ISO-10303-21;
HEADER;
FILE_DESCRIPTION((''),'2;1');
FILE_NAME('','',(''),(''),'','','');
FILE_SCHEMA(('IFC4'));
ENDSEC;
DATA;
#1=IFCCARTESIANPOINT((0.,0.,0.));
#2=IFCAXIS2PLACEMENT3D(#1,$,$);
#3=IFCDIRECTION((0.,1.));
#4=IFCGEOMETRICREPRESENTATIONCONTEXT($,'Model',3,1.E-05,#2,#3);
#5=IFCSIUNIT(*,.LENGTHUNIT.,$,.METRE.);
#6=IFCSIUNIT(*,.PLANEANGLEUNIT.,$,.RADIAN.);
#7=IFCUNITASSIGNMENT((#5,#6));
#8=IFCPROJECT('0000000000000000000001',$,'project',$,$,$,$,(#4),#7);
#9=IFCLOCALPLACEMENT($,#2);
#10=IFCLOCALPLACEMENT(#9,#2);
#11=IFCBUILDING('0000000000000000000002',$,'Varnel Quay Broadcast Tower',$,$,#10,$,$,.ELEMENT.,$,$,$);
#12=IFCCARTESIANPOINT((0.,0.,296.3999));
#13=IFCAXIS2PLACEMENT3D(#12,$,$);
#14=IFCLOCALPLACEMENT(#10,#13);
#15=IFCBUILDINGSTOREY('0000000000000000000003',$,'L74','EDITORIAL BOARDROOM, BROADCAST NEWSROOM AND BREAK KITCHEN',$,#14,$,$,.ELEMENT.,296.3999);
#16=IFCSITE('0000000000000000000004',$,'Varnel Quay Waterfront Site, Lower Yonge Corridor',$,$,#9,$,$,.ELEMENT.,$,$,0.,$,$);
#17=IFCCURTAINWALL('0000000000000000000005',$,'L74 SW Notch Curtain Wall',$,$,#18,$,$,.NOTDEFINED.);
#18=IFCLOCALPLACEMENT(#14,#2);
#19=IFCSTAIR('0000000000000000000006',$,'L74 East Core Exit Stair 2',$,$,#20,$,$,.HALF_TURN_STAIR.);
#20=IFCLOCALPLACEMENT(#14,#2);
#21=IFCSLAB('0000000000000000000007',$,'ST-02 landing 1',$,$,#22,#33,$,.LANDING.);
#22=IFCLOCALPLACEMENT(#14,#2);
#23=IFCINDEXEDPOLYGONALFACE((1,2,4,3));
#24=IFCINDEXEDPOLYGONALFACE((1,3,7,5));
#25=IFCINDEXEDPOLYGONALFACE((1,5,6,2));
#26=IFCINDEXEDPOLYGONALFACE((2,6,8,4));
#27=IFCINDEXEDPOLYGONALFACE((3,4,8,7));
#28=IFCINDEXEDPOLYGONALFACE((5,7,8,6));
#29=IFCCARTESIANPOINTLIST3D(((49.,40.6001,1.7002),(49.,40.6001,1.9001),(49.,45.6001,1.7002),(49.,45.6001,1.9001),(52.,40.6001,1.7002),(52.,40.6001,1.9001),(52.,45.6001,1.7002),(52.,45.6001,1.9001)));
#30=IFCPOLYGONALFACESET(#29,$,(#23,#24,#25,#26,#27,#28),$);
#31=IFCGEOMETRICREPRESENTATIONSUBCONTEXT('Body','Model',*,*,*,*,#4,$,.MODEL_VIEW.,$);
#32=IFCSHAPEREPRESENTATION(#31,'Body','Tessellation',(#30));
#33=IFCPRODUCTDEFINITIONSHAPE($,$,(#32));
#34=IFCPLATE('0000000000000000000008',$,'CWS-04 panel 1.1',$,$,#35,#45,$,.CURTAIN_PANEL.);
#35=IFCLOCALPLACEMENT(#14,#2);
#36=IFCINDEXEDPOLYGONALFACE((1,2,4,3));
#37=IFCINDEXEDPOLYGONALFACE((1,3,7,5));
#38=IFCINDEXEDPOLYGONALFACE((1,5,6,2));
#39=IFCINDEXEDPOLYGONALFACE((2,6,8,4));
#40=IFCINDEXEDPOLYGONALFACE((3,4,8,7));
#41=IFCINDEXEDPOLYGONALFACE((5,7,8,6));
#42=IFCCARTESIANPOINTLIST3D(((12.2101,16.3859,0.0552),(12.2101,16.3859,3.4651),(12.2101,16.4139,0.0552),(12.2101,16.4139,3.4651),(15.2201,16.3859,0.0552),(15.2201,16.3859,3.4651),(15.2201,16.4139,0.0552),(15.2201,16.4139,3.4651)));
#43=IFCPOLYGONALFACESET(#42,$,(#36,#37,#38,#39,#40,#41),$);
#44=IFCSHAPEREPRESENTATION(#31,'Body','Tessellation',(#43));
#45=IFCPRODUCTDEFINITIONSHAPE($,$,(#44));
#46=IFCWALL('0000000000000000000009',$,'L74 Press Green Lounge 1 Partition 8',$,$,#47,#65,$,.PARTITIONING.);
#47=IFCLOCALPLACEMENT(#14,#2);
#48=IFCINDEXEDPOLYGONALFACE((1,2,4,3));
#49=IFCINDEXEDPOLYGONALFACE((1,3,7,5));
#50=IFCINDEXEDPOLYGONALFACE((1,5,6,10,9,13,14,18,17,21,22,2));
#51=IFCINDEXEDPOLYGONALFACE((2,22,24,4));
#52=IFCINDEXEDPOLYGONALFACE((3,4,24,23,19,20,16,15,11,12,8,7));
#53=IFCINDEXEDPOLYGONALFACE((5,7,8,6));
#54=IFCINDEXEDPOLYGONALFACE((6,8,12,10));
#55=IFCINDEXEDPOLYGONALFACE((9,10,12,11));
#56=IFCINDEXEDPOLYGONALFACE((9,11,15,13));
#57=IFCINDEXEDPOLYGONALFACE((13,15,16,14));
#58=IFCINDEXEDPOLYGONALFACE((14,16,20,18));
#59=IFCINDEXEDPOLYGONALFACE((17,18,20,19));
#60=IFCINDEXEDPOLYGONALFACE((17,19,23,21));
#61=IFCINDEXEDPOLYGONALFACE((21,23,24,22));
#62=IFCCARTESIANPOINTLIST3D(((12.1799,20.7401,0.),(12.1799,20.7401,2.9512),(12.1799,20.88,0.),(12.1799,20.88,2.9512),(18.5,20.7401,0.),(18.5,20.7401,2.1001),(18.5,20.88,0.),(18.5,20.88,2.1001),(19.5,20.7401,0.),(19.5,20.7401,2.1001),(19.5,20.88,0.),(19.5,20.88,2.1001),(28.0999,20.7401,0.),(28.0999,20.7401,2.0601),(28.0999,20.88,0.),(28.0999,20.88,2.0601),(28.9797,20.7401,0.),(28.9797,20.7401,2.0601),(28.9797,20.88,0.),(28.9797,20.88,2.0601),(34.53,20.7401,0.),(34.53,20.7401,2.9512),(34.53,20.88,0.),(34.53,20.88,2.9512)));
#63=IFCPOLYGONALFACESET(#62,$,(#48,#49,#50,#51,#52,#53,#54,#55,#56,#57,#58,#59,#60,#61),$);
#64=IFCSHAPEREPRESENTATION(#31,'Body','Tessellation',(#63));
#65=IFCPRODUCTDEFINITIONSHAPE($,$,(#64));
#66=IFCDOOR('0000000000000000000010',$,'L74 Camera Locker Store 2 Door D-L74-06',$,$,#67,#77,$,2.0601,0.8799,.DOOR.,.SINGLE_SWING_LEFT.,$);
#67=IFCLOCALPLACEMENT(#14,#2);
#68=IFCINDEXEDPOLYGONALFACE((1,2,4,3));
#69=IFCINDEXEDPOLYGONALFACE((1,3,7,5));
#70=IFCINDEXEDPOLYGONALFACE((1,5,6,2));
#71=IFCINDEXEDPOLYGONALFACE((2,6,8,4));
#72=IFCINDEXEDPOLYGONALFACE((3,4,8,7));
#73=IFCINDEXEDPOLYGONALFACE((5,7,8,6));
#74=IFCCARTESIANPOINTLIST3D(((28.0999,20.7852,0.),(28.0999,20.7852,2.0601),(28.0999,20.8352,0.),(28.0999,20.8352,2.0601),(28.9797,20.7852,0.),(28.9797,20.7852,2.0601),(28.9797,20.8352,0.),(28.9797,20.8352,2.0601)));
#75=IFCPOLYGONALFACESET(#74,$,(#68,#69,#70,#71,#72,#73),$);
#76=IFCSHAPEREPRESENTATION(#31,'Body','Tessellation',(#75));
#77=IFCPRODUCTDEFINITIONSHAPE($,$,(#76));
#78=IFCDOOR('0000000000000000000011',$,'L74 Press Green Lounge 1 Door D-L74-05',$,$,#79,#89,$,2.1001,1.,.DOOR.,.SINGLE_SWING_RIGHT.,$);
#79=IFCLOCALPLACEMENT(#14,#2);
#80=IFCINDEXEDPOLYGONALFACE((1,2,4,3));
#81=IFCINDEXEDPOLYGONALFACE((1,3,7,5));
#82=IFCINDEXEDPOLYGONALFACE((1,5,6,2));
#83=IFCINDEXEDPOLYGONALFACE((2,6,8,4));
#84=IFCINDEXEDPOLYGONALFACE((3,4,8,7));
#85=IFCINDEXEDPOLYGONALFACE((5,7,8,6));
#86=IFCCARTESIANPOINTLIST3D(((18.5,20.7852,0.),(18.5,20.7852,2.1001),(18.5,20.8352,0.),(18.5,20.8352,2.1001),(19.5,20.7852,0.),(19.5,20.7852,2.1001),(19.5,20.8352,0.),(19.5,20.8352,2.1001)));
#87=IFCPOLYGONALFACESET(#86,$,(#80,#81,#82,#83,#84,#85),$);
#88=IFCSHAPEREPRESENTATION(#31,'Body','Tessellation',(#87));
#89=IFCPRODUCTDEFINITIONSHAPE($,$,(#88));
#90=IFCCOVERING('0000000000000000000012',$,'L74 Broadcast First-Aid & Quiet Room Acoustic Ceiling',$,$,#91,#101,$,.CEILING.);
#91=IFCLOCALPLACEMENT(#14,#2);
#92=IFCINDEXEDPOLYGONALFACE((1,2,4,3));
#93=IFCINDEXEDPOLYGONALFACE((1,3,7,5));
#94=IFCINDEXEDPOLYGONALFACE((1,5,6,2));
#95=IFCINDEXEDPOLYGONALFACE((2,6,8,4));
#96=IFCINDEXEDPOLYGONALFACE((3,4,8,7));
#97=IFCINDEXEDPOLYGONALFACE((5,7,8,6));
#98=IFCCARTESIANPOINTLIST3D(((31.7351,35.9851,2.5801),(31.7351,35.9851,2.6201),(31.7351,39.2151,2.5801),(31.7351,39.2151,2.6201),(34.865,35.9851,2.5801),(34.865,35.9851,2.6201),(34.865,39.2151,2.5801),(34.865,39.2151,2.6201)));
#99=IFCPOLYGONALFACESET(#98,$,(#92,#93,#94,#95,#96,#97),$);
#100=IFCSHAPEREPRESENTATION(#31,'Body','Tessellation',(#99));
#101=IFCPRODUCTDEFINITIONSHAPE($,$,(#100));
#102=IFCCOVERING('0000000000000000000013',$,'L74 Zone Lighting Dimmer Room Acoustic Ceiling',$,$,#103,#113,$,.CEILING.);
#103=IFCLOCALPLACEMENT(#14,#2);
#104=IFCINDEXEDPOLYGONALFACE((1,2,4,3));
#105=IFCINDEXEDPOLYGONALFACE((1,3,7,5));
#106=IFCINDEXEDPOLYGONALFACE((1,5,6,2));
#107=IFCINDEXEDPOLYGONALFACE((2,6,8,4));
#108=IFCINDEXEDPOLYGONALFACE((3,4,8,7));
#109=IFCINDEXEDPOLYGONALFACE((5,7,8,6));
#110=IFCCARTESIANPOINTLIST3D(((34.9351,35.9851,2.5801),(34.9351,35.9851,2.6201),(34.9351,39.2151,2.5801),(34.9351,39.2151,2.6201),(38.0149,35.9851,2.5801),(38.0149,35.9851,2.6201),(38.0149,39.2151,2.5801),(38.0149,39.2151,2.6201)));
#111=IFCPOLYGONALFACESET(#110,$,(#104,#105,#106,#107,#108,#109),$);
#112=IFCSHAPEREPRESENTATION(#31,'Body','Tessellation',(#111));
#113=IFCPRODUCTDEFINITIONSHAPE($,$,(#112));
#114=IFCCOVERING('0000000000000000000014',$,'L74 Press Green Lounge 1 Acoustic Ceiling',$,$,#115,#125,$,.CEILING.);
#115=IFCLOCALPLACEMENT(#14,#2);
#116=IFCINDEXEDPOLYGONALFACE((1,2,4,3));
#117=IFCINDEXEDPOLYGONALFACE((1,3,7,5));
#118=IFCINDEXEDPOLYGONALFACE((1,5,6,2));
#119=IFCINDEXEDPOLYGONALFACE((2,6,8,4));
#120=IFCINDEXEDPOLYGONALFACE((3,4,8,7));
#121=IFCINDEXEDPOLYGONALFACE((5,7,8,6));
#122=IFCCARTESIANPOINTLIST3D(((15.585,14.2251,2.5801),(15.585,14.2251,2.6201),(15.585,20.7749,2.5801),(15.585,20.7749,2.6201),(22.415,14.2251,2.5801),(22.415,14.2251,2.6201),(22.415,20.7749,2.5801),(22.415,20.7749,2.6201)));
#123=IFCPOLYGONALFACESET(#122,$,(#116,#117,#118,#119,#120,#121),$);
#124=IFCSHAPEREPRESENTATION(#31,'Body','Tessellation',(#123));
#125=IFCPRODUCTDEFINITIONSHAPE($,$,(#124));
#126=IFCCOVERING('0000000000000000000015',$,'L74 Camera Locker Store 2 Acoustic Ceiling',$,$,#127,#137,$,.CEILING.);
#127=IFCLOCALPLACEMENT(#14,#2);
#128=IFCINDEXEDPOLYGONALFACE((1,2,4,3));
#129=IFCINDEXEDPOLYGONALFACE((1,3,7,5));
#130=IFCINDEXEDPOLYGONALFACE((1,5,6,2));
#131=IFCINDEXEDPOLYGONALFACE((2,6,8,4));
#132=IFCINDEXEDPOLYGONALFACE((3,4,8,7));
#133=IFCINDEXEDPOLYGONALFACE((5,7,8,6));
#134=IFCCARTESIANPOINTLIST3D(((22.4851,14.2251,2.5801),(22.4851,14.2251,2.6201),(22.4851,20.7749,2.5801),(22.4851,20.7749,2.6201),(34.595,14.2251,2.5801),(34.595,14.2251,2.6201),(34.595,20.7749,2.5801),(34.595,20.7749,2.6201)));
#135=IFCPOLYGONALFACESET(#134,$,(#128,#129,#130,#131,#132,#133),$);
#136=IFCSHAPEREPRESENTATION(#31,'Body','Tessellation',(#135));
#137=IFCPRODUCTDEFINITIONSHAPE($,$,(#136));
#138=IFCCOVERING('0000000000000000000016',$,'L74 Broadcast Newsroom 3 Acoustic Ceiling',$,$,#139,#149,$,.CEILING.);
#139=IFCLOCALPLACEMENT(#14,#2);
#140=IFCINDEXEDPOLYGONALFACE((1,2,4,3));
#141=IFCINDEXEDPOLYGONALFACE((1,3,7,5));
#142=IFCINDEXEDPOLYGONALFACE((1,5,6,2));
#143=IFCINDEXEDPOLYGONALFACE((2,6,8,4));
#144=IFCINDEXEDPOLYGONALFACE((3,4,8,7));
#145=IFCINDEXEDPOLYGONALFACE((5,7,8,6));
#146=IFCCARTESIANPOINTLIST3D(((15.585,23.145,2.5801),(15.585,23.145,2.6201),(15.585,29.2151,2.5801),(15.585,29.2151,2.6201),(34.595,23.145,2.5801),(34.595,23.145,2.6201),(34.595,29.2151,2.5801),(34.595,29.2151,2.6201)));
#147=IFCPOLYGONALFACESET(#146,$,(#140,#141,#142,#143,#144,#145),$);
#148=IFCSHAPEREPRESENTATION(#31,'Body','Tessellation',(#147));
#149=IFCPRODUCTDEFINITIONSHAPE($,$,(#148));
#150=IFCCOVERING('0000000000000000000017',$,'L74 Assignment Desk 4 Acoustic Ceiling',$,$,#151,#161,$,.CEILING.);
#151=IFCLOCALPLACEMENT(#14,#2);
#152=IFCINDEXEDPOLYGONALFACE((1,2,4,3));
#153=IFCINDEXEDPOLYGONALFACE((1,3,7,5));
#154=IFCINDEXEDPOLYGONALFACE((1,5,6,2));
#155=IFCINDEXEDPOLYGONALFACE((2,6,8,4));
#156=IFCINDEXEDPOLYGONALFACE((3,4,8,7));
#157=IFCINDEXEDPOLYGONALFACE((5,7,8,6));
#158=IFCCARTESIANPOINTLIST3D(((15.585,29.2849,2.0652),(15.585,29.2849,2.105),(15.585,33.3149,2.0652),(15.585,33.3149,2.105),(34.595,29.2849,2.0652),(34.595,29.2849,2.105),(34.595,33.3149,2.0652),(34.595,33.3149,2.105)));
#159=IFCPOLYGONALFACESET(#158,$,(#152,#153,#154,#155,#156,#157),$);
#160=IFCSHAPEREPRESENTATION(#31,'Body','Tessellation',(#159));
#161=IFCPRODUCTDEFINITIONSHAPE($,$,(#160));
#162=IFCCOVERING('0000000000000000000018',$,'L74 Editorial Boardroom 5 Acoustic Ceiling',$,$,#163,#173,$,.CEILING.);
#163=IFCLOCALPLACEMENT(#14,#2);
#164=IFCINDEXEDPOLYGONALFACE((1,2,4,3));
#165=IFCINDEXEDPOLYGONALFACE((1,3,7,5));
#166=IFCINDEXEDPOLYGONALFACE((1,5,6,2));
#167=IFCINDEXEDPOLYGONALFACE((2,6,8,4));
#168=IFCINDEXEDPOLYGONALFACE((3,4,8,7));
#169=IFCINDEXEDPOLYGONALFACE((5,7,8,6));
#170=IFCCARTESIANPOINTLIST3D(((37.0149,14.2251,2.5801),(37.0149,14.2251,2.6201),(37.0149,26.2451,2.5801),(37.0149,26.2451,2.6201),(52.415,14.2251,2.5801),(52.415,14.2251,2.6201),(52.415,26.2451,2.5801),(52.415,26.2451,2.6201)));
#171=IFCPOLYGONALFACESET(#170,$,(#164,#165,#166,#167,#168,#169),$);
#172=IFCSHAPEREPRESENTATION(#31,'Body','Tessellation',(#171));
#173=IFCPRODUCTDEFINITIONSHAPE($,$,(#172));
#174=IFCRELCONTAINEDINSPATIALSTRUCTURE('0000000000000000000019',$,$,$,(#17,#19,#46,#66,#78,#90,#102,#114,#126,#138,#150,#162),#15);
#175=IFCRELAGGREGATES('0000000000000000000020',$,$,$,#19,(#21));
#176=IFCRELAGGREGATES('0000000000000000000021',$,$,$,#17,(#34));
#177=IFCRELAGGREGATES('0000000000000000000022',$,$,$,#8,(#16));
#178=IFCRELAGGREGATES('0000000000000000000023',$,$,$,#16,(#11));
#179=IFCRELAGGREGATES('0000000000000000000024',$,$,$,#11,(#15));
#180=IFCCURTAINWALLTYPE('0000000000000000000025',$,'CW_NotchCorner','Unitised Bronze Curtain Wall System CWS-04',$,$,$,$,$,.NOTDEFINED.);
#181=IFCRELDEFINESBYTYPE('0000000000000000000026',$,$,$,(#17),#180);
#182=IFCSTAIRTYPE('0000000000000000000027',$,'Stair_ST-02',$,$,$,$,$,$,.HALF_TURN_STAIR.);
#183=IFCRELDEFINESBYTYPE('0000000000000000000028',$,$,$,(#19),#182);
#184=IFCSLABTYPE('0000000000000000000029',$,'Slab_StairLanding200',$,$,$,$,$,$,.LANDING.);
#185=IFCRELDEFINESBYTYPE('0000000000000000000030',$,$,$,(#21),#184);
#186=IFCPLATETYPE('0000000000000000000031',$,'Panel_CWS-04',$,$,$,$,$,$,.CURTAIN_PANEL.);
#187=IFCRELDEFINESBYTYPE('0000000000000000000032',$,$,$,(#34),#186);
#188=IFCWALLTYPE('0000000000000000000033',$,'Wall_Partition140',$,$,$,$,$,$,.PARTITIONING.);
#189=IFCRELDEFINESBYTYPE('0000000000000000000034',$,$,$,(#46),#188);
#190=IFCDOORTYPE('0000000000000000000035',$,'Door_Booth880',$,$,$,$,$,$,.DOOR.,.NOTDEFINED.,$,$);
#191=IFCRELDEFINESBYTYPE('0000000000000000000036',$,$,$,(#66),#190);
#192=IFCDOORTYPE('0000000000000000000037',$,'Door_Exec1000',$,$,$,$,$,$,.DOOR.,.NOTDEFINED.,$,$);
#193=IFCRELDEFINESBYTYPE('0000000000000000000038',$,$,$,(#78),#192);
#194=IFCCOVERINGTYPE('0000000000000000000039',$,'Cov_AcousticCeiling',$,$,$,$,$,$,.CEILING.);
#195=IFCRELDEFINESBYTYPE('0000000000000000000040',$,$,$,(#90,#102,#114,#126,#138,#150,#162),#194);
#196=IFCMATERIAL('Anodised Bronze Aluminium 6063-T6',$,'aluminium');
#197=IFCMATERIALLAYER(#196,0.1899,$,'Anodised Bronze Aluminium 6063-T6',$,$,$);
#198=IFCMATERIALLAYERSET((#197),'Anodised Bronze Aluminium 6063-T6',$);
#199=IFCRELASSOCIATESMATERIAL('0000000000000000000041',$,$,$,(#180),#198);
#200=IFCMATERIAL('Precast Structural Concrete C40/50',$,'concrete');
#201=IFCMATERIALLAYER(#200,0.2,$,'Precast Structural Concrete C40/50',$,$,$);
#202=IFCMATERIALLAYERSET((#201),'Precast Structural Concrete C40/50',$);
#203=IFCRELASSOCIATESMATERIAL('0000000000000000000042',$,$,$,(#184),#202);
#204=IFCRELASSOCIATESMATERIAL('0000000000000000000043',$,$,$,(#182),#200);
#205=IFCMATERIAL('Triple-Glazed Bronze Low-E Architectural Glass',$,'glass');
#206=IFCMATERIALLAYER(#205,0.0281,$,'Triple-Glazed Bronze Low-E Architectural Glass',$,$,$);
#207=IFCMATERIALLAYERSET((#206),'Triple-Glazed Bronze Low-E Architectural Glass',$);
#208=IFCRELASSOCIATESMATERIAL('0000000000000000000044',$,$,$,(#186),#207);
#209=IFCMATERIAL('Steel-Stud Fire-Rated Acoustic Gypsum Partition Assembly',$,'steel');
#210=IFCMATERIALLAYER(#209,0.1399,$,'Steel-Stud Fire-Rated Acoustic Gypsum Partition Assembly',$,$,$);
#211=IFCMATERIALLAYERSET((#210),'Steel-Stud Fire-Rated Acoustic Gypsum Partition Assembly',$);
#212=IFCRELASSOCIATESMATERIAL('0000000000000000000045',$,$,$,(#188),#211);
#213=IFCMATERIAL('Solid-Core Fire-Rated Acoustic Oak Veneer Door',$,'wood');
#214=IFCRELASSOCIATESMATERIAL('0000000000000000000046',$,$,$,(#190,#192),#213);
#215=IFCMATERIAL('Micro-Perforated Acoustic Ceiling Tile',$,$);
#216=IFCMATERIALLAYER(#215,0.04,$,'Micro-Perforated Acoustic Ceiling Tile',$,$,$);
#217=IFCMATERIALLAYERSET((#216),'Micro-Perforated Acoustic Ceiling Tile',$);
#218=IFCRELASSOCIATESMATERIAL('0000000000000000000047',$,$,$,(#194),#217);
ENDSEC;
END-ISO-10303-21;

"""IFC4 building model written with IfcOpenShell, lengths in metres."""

from ifc_helpers import new_model, si_unit, direction, frame, frame_2d, origin, origin_2d, place, context, subcontext, project, spatial, polyline, rectangle, outline, extrude, source, transform, mapped, material, layer, layer_set, type_object, type_shapes, element, fill, aggregate, save


model = new_model("IFC4")

# Units and contexts
model_context = context("Model", 3, precision=1e-05, world=origin(), true_north=direction((0.0, 1.0)))
body_context = subcontext(model_context, "Body", "Model", "MODEL_VIEW")
ifc_project = project(units=[si_unit("LENGTHUNIT", "METRE"), si_unit("PLANEANGLEUNIT", "RADIAN")], contexts=[model_context])

# Site, building, storey
site_placement = place(None, origin())
site = spatial("IfcSite", under=ifc_project, at=site_placement, Name="Varnel Quay Waterfront Site, Lower Yonge Corridor", CompositionType="ELEMENT", RefElevation=0.0)
building_placement = place(site_placement, origin())
building = spatial("IfcBuilding", under=site, at=building_placement, Name="Varnel Quay Broadcast Tower", CompositionType="ELEMENT")
storey_placement = place(building_placement, frame((0.0, 0.0, 296.3999)))
storey = spatial("IfcBuildingStorey", under=building, at=storey_placement, Name="L74", Description="EDITORIAL BOARDROOM, BROADCAST NEWSROOM AND BREAK KITCHEN", CompositionType="ELEMENT", Elevation=296.3999)

# Curtain wall
ifc_material_1 = material(Name="Anodised Bronze Aluminium 6063-T6", Category="aluminium")
ifc_layer_1 = layer(ifc_material_1, 0.1899, Name="Anodised Bronze Aluminium 6063-T6")
ifc_layer_set_1 = layer_set([ifc_layer_1], Name="Anodised Bronze Aluminium 6063-T6")
curtain_wall_type_1 = type_object("IfcCurtainWallType", Name="CW_NotchCorner", Description="Unitised Bronze Curtain Wall System CWS-04", PredefinedType="NOTDEFINED", material=ifc_layer_set_1)
curtain_wall_1_placement = place(storey_placement, origin())
curtain_wall_1 = element("IfcCurtainWall", 1, at=curtain_wall_1_placement, inside=storey, type_object=curtain_wall_type_1, Name="L74 SW Notch Curtain Wall", PredefinedType="NOTDEFINED")

# Stair, slab
ifc_material_2 = material(Name="Precast Structural Concrete C40/50", Category="concrete")
ifc_layer_2 = layer(ifc_material_2, 0.2, Name="Precast Structural Concrete C40/50")
ifc_layer_set_2 = layer_set([ifc_layer_2], Name="Precast Structural Concrete C40/50")
slab_type_1 = type_object("IfcSlabType", Name="Slab_StairLanding200", PredefinedType="LANDING", material=ifc_layer_set_2)
stair_type_1 = type_object("IfcStairType", Name="Stair_ST-02", PredefinedType="HALF_TURN_STAIR", material=ifc_material_2)
stair_1_placement = place(storey_placement, origin())
stair_1 = element("IfcStair", 2, at=stair_1_placement, inside=storey, type_object=stair_type_1, Name="L74 East Core Exit Stair 2", PredefinedType="HALF_TURN_STAIR")
slab_1_placement = place(storey_placement, frame((0.0, 0.0, 1.7002)))
slab_1 = element("IfcSlab", 3, at=slab_1_placement, type_object=slab_type_1, Name="ST-02 landing 1", PredefinedType="LANDING", context=body_context, shape_type="SweptSolid", body=[
    extrude(outline(polyline([(52.0, 40.6001), (52.0, 45.6001), (49.0, 45.6001), (49.0, 40.6001), (52.0, 40.6001)])), origin(), (0.0, 0.0, 1.0), 0.2),
])
aggregate(stair_1, [slab_1])

# Plate
ifc_material_3 = material(Name="Triple-Glazed Bronze Low-E Architectural Glass", Category="glass")
ifc_layer_3 = layer(ifc_material_3, 0.0281, Name="Triple-Glazed Bronze Low-E Architectural Glass")
ifc_layer_set_3 = layer_set([ifc_layer_3], Name="Triple-Glazed Bronze Low-E Architectural Glass")
plate_type = type_object("IfcPlateType", Name="Panel_CWS-04", PredefinedType="CURTAIN_PANEL", material=ifc_layer_set_3)
shared_shape_1 = source(origin(), body_context, "Body", "SweptSolid", [
    extrude(rectangle(XDim=3.01, YDim=0.0281, at=origin_2d()), origin(), (0.0, 0.0, 1.0), 3.4099),
])
type_shapes(plate_type, [shared_shape_1])
plate_placement = place(storey_placement, frame((13.7151, 16.3999, 0.0552), z_axis=(0.0, 0.0, 1.0), x_axis=(1.0, 0.0, 0.0)))
plate = element("IfcPlate", 4, at=plate_placement, type_object=plate_type, Name="CWS-04 panel 1.1", PredefinedType="CURTAIN_PANEL", context=body_context, shape_type="MappedRepresentation", body=[
    mapped(shared_shape_1, transform((0.0, 0.0, 0.0), x_axis=(1.0, 0.0, 0.0), y_axis=(0.0, 1.0, 0.0), z_axis=(0.0, 0.0, 1.0), scale=1.0)),
])
aggregate(curtain_wall_1, [plate])

# Wall, openings, doors
ifc_material_4 = material(Name="Steel-Stud Fire-Rated Acoustic Gypsum Partition Assembly", Category="steel")
ifc_layer_4 = layer(ifc_material_4, 0.1399, Name="Steel-Stud Fire-Rated Acoustic Gypsum Partition Assembly")
ifc_layer_set_4 = layer_set([ifc_layer_4], Name="Steel-Stud Fire-Rated Acoustic Gypsum Partition Assembly")
wall_type = type_object("IfcWallType", Name="Wall_Partition140", PredefinedType="PARTITIONING", material=ifc_layer_set_4)
wall_placement = place(storey_placement, frame((12.1799, 20.8101, 0.0), z_axis=(0.0, 0.0, 1.0), x_axis=(1.0, 0.0, 0.0)))
wall = element("IfcWall", 5, at=wall_placement, inside=storey, type_object=wall_type, Name="L74 Press Green Lounge 1 Partition 8", PredefinedType="PARTITIONING", context=body_context, shape_type="SweptSolid", body=[
    extrude(rectangle(XDim=22.3501, YDim=0.1399, at=frame_2d((11.175, 0.0))), origin(), (0.0, 0.0, 1.0), 2.9512),
])
opening_1_placement = place(wall_placement, frame((6.3201, 0.0, 0.0)))
opening_1 = element("IfcOpeningElement", 6, at=opening_1_placement, cuts=wall, PredefinedType="OPENING", context=body_context, shape_type="SweptSolid", body=[
    extrude(rectangle(XDim=1.0, YDim=2.1001, at=frame_2d((0.5, 1.05))), frame((0.0, 0.0801, 0.0), z_axis=(0.0, -1.0, 0.0), x_axis=(1.0, 0.0, 0.0)), (0.0, 0.0, 1.0), 0.1599),
])
opening_2_placement = place(wall_placement, frame((15.9199, 0.0, 0.0)))
opening_2 = element("IfcOpeningElement", 7, at=opening_2_placement, cuts=wall, PredefinedType="OPENING", context=body_context, shape_type="SweptSolid", body=[
    extrude(rectangle(XDim=0.8799, YDim=2.0601, at=frame_2d((0.4399, 1.03))), frame((0.0, 0.0801, 0.0), z_axis=(0.0, -1.0, 0.0), x_axis=(1.0, 0.0, 0.0)), (0.0, 0.0, 1.0), 0.1599),
])
ifc_material_5 = material(Name="Solid-Core Fire-Rated Acoustic Oak Veneer Door", Category="wood")
door_type_1 = type_object("IfcDoorType", Name="Door_Booth880", OperationType="NOTDEFINED", PredefinedType="DOOR", material=ifc_material_5)
shared_shape_2 = source(origin(), body_context, "Body", "SweptSolid", [
    extrude(rectangle(XDim=0.8799, YDim=2.0601, at=frame_2d((0.4399, 1.03))), frame((0.0, 0.0249, 0.0), z_axis=(0.0, -1.0, 0.0), x_axis=(1.0, 0.0, 0.0)), (0.0, 0.0, 1.0), 0.05),
])
type_shapes(door_type_1, [shared_shape_2])
door_1_placement = place(opening_2_placement, frame((0.8799, 0.0, 0.0), z_axis=(0.0, 0.0, 1.0), x_axis=(-1.0, 0.0, 0.0)))
door_1 = element("IfcDoor", 8, at=door_1_placement, inside=storey, type_object=door_type_1, Name="L74 Camera Locker Store 2 Door D-L74-06", OperationType="SINGLE_SWING_LEFT", OverallHeight=2.0601, OverallWidth=0.8799, PredefinedType="DOOR", context=body_context, shape_type="MappedRepresentation", body=[
    mapped(shared_shape_2, transform((0.0, 0.0, 0.0), x_axis=(1.0, 0.0, 0.0), y_axis=(0.0, 1.0, 0.0), z_axis=(0.0, 0.0, 1.0), scale=1.0)),
])
fill(opening_2, door_1)
door_type_2 = type_object("IfcDoorType", Name="Door_Exec1000", OperationType="NOTDEFINED", PredefinedType="DOOR", material=ifc_material_5)
shared_shape_3 = source(origin(), body_context, "Body", "SweptSolid", [
    extrude(rectangle(XDim=1.0, YDim=2.1001, at=frame_2d((0.5, 1.05))), frame((0.0, 0.0249, 0.0), z_axis=(0.0, -1.0, 0.0), x_axis=(1.0, 0.0, 0.0)), (0.0, 0.0, 1.0), 0.05),
])
type_shapes(door_type_2, [shared_shape_3])
door_2_placement = place(opening_1_placement, frame((1.0, 0.0, 0.0), z_axis=(0.0, 0.0, 1.0), x_axis=(-1.0, 0.0, 0.0)))
door_2 = element("IfcDoor", 9, at=door_2_placement, inside=storey, type_object=door_type_2, Name="L74 Press Green Lounge 1 Door D-L74-05", OperationType="SINGLE_SWING_RIGHT", OverallHeight=2.1001, OverallWidth=1.0, PredefinedType="DOOR", context=body_context, shape_type="MappedRepresentation", body=[
    mapped(shared_shape_3, transform((0.0, 0.0, 0.0), x_axis=(1.0, 0.0, 0.0), y_axis=(0.0, 1.0, 0.0), z_axis=(0.0, 0.0, 1.0), scale=1.0)),
])
fill(opening_1, door_2)

# Coverings
ifc_material_6 = material(Name="Micro-Perforated Acoustic Ceiling Tile")
ifc_layer_5 = layer(ifc_material_6, 0.04, Name="Micro-Perforated Acoustic Ceiling Tile")
ifc_layer_set_5 = layer_set([ifc_layer_5], Name="Micro-Perforated Acoustic Ceiling Tile")
covering_type_1 = type_object("IfcCoveringType", Name="Cov_AcousticCeiling", PredefinedType="CEILING", material=ifc_layer_set_5)
covering_1_placement = place(storey_placement, frame((0.0, 0.0, 2.5801)))
element("IfcCovering", 10, at=covering_1_placement, inside=storey, type_object=covering_type_1, Name="L74 Broadcast First-Aid & Quiet Room Acoustic Ceiling", PredefinedType="CEILING", context=body_context, shape_type="SweptSolid", body=[
    extrude(outline(polyline([(31.7351, 35.9851), (34.865, 35.9851), (34.865, 39.2151), (31.7351, 39.2151), (31.7351, 35.9851)])), origin(), (0.0, 0.0, 1.0), 0.04),
])
covering_2_placement = place(storey_placement, frame((0.0, 0.0, 2.5801)))
element("IfcCovering", 11, at=covering_2_placement, inside=storey, type_object=covering_type_1, Name="L74 Zone Lighting Dimmer Room Acoustic Ceiling", PredefinedType="CEILING", context=body_context, shape_type="SweptSolid", body=[
    extrude(outline(polyline([(34.9351, 35.9851), (38.0149, 35.9851), (38.0149, 39.2151), (34.9351, 39.2151), (34.9351, 35.9851)])), origin(), (0.0, 0.0, 1.0), 0.04),
])
covering_3_placement = place(storey_placement, frame((0.0, 0.0, 2.5801)))
element("IfcCovering", 12, at=covering_3_placement, inside=storey, type_object=covering_type_1, Name="L74 Press Green Lounge 1 Acoustic Ceiling", PredefinedType="CEILING", context=body_context, shape_type="SweptSolid", body=[
    extrude(outline(polyline([(15.585, 14.2251), (22.415, 14.2251), (22.415, 20.7749), (15.585, 20.7749), (15.585, 14.2251)])), origin(), (0.0, 0.0, 1.0), 0.04),
])
covering_4_placement = place(storey_placement, frame((0.0, 0.0, 2.5801)))
element("IfcCovering", 13, at=covering_4_placement, inside=storey, type_object=covering_type_1, Name="L74 Camera Locker Store 2 Acoustic Ceiling", PredefinedType="CEILING", context=body_context, shape_type="SweptSolid", body=[
    extrude(outline(polyline([(22.4851, 14.2251), (34.595, 14.2251), (34.595, 20.7749), (22.4851, 20.7749), (22.4851, 14.2251)])), origin(), (0.0, 0.0, 1.0), 0.04),
])
covering_5_placement = place(storey_placement, frame((0.0, 0.0, 2.5801)))
element("IfcCovering", 14, at=covering_5_placement, inside=storey, type_object=covering_type_1, Name="L74 Broadcast Newsroom 3 Acoustic Ceiling", PredefinedType="CEILING", context=body_context, shape_type="SweptSolid", body=[
    extrude(outline(polyline([(15.585, 23.145), (34.595, 23.145), (34.595, 29.2151), (15.585, 29.2151), (15.585, 23.145)])), origin(), (0.0, 0.0, 1.0), 0.04),
])
covering_6_placement = place(storey_placement, frame((0.0, 0.0, 2.0652)))
element("IfcCovering", 15, at=covering_6_placement, inside=storey, type_object=covering_type_1, Name="L74 Assignment Desk 4 Acoustic Ceiling", PredefinedType="CEILING", context=body_context, shape_type="SweptSolid", body=[
    extrude(outline(polyline([(15.585, 29.2849), (34.595, 29.2849), (34.595, 33.3149), (15.585, 33.3149), (15.585, 29.2849)])), origin(), (0.0, 0.0, 1.0), 0.0398),
])
covering_7_placement = place(storey_placement, frame((0.0, 0.0, 2.5801)))
element("IfcCovering", 16, at=covering_7_placement, inside=storey, type_object=covering_type_1, Name="L74 Editorial Boardroom 5 Acoustic Ceiling", PredefinedType="CEILING", context=body_context, shape_type="SweptSolid", body=[
    extrude(outline(polyline([(37.0149, 14.2251), (52.415, 14.2251), (52.415, 26.2451), (37.0149, 26.2451), (37.0149, 14.2251)])), origin(), (0.0, 0.0, 1.0), 0.04),
])

save(model, "model.ifc")
